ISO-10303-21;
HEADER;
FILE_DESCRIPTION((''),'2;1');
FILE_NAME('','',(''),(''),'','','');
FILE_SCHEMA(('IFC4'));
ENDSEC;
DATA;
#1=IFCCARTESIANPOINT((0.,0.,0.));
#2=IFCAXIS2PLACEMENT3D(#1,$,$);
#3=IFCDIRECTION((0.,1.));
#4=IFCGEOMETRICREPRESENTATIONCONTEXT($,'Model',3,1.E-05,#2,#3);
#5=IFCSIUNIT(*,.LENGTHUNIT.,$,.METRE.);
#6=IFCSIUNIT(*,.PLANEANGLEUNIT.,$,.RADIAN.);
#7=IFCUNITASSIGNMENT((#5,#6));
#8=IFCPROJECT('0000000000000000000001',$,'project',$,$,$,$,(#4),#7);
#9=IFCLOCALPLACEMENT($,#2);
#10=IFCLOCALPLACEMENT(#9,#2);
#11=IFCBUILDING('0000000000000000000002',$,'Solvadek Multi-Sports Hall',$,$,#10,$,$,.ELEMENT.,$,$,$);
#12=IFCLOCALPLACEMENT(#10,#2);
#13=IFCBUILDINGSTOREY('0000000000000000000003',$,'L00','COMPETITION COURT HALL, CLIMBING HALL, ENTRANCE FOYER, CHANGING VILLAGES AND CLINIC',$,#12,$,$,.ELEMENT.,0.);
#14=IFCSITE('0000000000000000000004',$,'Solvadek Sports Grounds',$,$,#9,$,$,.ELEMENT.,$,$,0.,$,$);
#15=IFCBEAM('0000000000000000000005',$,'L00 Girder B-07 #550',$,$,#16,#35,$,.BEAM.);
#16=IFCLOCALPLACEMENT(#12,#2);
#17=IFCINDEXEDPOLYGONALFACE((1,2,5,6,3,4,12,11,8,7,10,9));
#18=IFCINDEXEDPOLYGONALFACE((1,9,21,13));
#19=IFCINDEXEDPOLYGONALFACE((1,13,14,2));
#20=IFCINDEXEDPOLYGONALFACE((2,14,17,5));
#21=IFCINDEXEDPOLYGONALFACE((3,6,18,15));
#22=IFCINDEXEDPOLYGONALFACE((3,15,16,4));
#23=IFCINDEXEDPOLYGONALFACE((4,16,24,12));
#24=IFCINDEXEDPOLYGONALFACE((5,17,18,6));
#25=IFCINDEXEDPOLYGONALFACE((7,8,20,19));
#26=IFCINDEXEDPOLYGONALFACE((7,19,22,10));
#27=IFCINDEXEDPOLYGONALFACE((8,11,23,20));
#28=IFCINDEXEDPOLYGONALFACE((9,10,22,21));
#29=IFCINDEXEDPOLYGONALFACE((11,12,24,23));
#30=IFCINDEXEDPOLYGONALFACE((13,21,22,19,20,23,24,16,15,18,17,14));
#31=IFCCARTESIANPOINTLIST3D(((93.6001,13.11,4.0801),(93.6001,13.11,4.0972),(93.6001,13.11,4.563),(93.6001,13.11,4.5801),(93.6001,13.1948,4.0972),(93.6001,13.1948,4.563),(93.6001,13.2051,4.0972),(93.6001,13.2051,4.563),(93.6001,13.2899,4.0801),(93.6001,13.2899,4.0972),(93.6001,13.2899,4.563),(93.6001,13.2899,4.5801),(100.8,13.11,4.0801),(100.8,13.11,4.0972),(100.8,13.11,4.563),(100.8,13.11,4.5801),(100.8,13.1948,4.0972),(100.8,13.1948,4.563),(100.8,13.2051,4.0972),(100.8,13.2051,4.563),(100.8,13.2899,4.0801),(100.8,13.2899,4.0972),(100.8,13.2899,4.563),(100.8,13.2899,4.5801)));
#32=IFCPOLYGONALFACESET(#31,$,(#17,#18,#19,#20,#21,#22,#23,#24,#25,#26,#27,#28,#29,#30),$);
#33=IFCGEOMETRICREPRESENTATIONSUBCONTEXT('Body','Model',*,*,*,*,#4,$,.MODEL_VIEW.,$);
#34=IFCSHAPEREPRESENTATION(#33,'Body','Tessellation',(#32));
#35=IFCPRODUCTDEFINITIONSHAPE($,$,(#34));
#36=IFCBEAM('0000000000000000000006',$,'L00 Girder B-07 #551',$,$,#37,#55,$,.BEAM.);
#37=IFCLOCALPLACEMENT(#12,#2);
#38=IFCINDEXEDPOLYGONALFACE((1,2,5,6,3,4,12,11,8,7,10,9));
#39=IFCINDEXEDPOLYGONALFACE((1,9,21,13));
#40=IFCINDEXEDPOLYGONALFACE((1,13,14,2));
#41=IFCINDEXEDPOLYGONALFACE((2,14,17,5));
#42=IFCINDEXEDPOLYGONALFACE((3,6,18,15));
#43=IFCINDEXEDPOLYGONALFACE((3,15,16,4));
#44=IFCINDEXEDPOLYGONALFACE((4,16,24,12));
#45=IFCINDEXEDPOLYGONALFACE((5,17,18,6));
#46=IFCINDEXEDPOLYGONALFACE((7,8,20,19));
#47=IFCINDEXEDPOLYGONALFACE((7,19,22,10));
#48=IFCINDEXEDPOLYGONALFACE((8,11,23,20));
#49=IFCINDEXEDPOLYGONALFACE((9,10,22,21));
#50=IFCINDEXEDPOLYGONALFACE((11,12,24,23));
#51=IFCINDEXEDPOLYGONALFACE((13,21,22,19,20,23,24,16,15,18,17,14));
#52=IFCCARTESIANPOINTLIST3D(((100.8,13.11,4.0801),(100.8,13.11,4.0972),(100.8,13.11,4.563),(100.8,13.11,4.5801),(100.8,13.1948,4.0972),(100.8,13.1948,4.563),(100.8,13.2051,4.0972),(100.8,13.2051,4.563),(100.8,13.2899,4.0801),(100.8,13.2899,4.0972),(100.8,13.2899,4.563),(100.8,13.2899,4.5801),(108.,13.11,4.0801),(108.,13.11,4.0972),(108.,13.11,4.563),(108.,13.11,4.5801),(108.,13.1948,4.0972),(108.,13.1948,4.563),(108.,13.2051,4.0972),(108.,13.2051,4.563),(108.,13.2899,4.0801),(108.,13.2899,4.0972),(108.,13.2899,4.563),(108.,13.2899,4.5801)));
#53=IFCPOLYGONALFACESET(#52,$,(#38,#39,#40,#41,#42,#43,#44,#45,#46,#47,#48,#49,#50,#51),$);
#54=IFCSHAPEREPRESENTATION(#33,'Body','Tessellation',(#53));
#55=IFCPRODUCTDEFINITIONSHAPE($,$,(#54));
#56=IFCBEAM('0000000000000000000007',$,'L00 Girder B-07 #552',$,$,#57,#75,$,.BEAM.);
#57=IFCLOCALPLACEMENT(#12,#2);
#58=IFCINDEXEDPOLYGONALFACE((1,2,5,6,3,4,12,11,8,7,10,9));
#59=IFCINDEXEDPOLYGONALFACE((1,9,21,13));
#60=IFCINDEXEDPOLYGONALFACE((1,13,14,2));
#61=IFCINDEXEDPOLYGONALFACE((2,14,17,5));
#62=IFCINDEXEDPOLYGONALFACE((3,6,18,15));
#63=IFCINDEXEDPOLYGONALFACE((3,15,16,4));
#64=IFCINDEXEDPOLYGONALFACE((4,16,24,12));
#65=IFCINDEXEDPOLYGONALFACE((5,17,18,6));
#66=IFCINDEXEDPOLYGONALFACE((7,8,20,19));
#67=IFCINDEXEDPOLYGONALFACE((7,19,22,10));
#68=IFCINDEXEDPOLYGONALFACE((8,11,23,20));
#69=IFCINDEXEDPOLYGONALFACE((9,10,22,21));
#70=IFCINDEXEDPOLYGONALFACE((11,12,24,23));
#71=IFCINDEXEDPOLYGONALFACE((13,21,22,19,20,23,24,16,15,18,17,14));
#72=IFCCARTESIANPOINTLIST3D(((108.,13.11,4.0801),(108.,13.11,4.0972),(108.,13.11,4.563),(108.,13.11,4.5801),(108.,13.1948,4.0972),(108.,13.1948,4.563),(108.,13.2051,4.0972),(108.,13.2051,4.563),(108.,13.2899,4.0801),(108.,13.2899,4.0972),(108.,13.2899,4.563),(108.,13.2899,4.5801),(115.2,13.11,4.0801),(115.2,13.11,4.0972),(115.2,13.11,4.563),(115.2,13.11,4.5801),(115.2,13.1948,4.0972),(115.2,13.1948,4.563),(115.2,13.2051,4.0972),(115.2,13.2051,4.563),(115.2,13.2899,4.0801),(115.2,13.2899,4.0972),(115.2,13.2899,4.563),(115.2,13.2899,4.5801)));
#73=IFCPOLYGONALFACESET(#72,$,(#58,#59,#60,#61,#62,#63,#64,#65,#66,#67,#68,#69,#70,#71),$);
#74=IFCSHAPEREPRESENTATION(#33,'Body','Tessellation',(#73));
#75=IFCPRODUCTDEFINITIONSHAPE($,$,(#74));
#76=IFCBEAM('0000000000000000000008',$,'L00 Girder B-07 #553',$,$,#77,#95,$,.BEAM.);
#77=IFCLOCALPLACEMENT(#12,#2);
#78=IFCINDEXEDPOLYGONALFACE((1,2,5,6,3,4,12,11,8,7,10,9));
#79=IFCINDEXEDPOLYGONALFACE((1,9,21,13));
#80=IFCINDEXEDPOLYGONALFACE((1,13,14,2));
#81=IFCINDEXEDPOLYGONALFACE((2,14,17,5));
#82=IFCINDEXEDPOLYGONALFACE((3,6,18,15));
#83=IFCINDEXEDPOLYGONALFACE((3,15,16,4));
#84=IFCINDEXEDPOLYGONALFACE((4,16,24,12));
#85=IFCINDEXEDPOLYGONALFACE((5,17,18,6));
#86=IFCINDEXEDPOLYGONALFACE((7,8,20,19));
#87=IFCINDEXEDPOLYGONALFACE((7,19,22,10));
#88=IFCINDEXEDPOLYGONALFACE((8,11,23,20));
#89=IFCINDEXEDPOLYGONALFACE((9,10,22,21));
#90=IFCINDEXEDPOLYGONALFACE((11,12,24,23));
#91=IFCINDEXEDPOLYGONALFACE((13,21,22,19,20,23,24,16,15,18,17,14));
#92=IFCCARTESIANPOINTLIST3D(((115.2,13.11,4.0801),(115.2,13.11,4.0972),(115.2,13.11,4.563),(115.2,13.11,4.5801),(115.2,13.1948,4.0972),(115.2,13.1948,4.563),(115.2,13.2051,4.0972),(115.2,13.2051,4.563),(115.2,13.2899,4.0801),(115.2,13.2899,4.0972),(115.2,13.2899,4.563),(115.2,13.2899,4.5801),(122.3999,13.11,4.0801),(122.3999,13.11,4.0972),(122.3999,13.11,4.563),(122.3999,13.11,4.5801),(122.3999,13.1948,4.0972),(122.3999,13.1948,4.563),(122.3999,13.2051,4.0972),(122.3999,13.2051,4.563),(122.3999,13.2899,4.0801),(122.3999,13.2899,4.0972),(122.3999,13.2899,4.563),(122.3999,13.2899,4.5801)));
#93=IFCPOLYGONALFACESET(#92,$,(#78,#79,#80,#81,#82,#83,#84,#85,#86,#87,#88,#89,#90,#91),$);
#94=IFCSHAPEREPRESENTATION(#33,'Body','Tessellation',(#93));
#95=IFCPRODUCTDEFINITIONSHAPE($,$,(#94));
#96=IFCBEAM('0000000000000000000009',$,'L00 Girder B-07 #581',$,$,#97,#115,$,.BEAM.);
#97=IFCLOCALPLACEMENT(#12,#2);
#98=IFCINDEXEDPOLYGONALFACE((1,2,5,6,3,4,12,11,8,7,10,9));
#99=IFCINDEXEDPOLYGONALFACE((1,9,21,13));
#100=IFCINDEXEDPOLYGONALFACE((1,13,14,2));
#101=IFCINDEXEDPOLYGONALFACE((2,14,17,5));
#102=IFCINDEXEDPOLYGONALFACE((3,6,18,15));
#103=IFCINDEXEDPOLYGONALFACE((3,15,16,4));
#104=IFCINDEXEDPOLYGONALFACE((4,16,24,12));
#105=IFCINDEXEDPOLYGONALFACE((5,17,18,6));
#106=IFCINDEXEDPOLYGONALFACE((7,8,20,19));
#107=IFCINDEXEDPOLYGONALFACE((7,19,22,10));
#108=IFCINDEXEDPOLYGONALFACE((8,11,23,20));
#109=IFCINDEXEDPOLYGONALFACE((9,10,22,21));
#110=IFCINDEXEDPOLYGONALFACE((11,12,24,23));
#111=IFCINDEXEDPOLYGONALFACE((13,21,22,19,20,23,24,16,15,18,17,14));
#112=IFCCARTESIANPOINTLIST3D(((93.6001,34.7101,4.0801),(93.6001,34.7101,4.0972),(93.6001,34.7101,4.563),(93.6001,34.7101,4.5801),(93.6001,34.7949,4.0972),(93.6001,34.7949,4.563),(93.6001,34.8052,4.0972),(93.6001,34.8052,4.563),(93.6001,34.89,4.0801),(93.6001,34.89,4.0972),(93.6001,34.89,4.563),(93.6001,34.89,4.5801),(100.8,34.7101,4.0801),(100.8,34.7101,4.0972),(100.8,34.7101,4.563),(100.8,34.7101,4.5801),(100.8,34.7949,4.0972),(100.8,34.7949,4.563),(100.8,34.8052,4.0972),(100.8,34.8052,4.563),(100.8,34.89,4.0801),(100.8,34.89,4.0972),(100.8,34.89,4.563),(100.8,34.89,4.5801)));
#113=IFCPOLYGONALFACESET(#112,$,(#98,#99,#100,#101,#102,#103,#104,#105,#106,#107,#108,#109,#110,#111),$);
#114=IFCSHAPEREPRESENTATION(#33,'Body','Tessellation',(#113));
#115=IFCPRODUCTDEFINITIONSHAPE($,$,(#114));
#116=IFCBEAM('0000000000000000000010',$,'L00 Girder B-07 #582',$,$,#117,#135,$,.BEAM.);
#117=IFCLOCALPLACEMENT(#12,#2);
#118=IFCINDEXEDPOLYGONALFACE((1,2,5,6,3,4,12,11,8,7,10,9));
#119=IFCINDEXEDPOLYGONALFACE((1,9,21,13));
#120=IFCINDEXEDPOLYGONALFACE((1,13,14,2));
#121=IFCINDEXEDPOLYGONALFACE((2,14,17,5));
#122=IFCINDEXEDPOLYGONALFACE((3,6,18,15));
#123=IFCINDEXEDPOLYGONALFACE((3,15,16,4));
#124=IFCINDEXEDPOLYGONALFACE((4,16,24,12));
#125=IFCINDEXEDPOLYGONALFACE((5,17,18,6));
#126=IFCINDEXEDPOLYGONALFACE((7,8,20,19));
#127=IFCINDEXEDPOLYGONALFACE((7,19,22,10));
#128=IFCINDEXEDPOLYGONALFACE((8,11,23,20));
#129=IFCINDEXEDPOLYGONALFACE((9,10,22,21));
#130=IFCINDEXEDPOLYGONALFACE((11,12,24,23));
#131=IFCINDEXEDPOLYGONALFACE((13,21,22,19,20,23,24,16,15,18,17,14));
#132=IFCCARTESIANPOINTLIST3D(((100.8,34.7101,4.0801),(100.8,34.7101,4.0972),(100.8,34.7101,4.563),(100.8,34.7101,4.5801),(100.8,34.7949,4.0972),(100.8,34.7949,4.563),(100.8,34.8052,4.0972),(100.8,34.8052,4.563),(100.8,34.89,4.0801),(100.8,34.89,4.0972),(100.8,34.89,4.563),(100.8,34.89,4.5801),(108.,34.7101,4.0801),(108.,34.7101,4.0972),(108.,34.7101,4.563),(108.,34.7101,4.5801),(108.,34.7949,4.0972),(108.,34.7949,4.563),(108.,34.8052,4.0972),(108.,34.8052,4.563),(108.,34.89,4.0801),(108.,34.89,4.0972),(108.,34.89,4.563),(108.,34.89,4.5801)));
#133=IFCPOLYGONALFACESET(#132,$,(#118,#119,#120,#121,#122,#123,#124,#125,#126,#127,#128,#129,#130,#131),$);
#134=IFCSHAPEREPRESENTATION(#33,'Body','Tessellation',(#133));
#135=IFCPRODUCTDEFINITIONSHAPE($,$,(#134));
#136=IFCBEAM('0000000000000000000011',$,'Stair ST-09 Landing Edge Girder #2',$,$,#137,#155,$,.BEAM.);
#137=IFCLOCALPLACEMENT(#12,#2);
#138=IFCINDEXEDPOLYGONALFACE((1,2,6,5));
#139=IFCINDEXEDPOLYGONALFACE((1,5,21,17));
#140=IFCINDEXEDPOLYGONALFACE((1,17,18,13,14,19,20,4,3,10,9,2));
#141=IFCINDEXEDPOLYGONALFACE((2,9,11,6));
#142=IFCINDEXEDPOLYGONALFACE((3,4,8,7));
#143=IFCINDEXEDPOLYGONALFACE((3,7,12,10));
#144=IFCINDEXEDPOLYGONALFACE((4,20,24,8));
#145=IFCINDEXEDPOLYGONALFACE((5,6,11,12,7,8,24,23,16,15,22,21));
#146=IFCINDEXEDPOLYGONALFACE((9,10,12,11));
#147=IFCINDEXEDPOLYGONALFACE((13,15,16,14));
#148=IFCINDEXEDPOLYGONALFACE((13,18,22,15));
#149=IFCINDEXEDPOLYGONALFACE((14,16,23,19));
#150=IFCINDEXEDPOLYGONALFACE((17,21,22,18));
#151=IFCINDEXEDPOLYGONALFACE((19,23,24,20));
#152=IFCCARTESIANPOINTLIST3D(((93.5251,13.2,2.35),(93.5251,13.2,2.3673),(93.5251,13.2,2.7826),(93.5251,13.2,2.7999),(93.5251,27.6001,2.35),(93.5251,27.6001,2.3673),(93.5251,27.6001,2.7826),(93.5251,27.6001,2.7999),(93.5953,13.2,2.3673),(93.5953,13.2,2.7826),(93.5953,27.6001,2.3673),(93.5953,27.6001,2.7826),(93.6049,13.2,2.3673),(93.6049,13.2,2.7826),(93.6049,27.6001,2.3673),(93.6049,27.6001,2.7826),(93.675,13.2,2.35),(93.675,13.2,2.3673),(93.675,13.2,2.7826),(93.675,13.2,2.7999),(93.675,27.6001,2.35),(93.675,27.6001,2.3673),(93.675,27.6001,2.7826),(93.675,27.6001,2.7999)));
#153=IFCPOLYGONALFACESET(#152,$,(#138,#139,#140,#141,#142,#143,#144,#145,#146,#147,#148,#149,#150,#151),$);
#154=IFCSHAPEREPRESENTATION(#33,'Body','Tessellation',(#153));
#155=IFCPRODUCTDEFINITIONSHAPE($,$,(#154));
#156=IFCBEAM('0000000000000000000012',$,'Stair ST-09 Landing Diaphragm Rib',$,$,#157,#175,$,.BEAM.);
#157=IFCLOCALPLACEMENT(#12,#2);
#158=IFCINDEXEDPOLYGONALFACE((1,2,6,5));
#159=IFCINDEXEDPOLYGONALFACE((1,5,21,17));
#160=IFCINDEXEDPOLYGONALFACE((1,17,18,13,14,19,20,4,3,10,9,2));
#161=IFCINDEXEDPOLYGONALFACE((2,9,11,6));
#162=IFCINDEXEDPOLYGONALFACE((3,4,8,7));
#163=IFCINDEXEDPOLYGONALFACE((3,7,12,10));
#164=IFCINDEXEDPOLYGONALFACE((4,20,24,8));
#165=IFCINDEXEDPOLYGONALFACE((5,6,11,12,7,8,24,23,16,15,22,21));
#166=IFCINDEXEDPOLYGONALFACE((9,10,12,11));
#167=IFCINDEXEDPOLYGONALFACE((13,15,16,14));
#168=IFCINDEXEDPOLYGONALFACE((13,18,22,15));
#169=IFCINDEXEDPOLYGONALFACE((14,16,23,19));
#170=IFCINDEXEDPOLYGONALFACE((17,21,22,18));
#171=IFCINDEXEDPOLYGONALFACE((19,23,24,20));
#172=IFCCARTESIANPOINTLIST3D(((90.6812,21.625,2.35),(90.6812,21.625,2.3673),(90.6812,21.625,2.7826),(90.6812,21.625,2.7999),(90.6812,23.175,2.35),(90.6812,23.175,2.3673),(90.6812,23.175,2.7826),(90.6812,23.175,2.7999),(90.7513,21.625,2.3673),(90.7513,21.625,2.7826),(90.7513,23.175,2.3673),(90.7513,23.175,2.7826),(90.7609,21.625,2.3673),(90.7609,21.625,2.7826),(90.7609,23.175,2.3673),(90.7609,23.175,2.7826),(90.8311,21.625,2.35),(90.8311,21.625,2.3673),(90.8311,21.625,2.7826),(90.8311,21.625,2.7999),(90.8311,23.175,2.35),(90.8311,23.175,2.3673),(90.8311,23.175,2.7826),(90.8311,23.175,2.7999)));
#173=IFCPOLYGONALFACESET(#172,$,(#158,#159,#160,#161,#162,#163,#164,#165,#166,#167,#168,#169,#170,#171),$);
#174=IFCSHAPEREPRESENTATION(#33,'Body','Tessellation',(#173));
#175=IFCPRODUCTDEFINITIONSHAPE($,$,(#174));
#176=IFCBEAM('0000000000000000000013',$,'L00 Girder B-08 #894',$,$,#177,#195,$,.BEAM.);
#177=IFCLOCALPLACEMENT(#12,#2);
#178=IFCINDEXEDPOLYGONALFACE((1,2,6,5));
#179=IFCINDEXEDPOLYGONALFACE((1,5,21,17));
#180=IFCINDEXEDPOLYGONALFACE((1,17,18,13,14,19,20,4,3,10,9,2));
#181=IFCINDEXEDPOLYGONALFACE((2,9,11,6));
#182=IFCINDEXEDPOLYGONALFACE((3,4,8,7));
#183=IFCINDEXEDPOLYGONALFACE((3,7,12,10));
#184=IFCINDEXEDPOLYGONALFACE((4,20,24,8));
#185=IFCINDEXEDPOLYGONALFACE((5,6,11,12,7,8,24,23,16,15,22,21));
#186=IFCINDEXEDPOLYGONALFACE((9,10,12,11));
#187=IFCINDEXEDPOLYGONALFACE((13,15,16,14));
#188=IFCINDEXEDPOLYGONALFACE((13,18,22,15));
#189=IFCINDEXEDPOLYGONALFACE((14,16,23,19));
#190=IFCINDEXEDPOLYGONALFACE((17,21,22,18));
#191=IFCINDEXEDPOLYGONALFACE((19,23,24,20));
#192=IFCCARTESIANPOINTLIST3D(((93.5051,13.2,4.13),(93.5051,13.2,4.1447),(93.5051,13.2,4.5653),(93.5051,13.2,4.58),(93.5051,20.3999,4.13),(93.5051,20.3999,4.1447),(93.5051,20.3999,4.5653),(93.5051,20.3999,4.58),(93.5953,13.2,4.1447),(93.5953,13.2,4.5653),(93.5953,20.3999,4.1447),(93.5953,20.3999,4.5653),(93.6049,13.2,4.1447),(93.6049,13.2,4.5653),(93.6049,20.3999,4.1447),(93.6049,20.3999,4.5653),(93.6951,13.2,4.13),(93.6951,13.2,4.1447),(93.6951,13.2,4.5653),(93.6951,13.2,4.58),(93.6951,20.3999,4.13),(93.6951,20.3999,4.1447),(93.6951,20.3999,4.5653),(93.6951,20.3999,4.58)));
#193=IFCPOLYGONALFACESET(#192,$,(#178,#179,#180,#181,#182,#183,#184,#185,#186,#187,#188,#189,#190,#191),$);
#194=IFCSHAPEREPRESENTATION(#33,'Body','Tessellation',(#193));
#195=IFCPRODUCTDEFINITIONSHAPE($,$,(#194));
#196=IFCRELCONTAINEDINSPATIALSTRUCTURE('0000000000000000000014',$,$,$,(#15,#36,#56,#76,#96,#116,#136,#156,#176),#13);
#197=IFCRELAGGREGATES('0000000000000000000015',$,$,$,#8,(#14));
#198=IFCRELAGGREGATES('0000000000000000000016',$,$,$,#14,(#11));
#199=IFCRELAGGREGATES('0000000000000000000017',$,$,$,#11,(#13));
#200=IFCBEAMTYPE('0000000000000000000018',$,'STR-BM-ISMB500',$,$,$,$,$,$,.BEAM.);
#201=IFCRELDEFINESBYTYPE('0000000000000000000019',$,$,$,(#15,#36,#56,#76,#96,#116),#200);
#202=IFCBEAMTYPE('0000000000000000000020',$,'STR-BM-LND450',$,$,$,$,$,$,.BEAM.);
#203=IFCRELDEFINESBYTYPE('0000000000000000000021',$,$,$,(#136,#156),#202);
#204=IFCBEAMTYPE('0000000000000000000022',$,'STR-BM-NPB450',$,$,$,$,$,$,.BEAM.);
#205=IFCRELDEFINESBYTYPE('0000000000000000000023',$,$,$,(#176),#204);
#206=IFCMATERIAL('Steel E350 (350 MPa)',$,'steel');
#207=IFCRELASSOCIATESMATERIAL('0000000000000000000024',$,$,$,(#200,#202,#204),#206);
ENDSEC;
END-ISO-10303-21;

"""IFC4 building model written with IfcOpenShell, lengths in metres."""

from ifc_helpers import new_model, si_unit, direction, frame, origin, origin_2d, place, context, subcontext, project, spatial, i_section, extrude, material, material_profile, profile_set, type_object, element, save


model = new_model("IFC4")

# Units and contexts
model_context = context("Model", 3, precision=1e-05, world=origin(), true_north=direction((0.0, 1.0)))
body_context = subcontext(model_context, "Body", "Model", "MODEL_VIEW")
ifc_project = project(units=[si_unit("LENGTHUNIT", "METRE"), si_unit("PLANEANGLEUNIT", "RADIAN")], contexts=[model_context])

# Site, building, storey
site_placement = place(None, origin())
site = spatial("IfcSite", under=ifc_project, at=site_placement, Name="Solvadek Sports Grounds", CompositionType="ELEMENT", RefElevation=0.0)
building_placement = place(site_placement, origin())
building = spatial("IfcBuilding", under=site, at=building_placement, Name="Solvadek Multi-Sports Hall", CompositionType="ELEMENT")
storey_placement = place(building_placement, origin())
storey = spatial("IfcBuildingStorey", under=building, at=storey_placement, Name="L00", Description="COMPETITION COURT HALL, CLIMBING HALL, ENTRANCE FOYER, CHANGING VILLAGES AND CLINIC", CompositionType="ELEMENT", Elevation=0.0)

# Shared definitions
ifc_material_1 = material(Name="Steel E350 (350 MPa)", Category="steel")

# Beams
ifc_material_profile_1 = material_profile(ifc_material_1, i_section(OverallWidth=0.1799, OverallDepth=0.5, WebThickness=0.0103, FlangeThickness=0.0171, at=origin_2d()), Name="ISMB 500")
ifc_profile_set_1 = profile_set([ifc_material_profile_1], Name="Steel E350 (350 MPa)")
beam_type_1 = type_object("IfcBeamType", Name="STR-BM-ISMB500", PredefinedType="BEAM", material=ifc_profile_set_1)
for number, where, z_axis, x_axis, name in (
    (1, (93.6001, 13.2, 4.3301), (1.0, 0.0, 0.0), (0.0, 1.0, 0.0), "L00 Girder B-07 #550"),
    (2, (100.8, 13.2, 4.3301), (1.0, 0.0, 0.0), (0.0, 1.0, 0.0), "L00 Girder B-07 #551"),
    (3, (108.0, 13.2, 4.3301), (1.0, 0.0, 0.0), (0.0, 1.0, 0.0), "L00 Girder B-07 #552"),
    (4, (115.2, 13.2, 4.3301), (1.0, 0.0, 0.0), (0.0, 1.0, 0.0), "L00 Girder B-07 #553"),
    (5, (93.6001, 34.8, 4.3301), (1.0, 0.0, 0.0), (0.0, 1.0, 0.0), "L00 Girder B-07 #581"),
    (6, (100.8, 34.8, 4.3301), (1.0, 0.0, 0.0), (0.0, 1.0, 0.0), "L00 Girder B-07 #582"),
):
    element("IfcBeam", number, at=place(storey_placement, frame(where, z_axis=z_axis, x_axis=x_axis)), inside=storey, type_object=beam_type_1, Name=name, PredefinedType="BEAM", context=body_context, shape_type="SweptSolid", body=[
        extrude(i_section(OverallWidth=0.1799, OverallDepth=0.5, WebThickness=0.0103, FlangeThickness=0.0171, at=origin_2d()), origin(), (0.0, 0.0, 1.0), 7.2),
    ])
ifc_material_profile_2 = material_profile(ifc_material_1, i_section(OverallWidth=0.1499, OverallDepth=0.45, WebThickness=0.0095, FlangeThickness=0.0173, at=origin_2d()), Name="ISMB 450")
ifc_profile_set_2 = profile_set([ifc_material_profile_2], Name="Steel E350 (350 MPa)")
beam_type_2 = type_object("IfcBeamType", Name="STR-BM-LND450", PredefinedType="BEAM", material=ifc_profile_set_2)
beam_1_placement = place(storey_placement, frame((93.6001, 13.2, 2.575), z_axis=(0.0, 1.0, 0.0), x_axis=(-1.0, 0.0, 0.0)))
element("IfcBeam", 7, at=beam_1_placement, inside=storey, type_object=beam_type_2, Name="Stair ST-09 Landing Edge Girder #2", PredefinedType="BEAM", context=body_context, shape_type="SweptSolid", body=[
    extrude(i_section(OverallWidth=0.1499, OverallDepth=0.45, WebThickness=0.0095, FlangeThickness=0.0173, at=origin_2d()), origin(), (0.0, 0.0, 1.0), 14.4001),
])
beam_2_placement = place(storey_placement, frame((90.7561, 21.625, 2.575), z_axis=(0.0, 1.0, 0.0), x_axis=(-1.0, 0.0, 0.0)))
element("IfcBeam", 8, at=beam_2_placement, inside=storey, type_object=beam_type_2, Name="Stair ST-09 Landing Diaphragm Rib", PredefinedType="BEAM", context=body_context, shape_type="SweptSolid", body=[
    extrude(i_section(OverallWidth=0.1499, OverallDepth=0.45, WebThickness=0.0095, FlangeThickness=0.0173, at=origin_2d()), origin(), (0.0, 0.0, 1.0), 1.55),
])
ifc_material_profile_3 = material_profile(ifc_material_1, i_section(OverallWidth=0.1899, OverallDepth=0.45, WebThickness=0.0095, FlangeThickness=0.0146, at=origin_2d()), Name="NPB 450")
ifc_profile_set_3 = profile_set([ifc_material_profile_3], Name="Steel E350 (350 MPa)")
beam_type_3 = type_object("IfcBeamType", Name="STR-BM-NPB450", PredefinedType="BEAM", material=ifc_profile_set_3)
for number, where, z_axis, x_axis, name in (
    (9, (93.6001, 13.2, 4.355), (0.0, 1.0, 0.0), (-1.0, 0.0, 0.0), "L00 Girder B-08 #894"),
):
    element("IfcBeam", number, at=place(storey_placement, frame(where, z_axis=z_axis, x_axis=x_axis)), inside=storey, type_object=beam_type_3, Name=name, PredefinedType="BEAM", context=body_context, shape_type="SweptSolid", body=[
        extrude(i_section(OverallWidth=0.1899, OverallDepth=0.45, WebThickness=0.0095, FlangeThickness=0.0146, at=origin_2d()), origin(), (0.0, 0.0, 1.0), 7.2),
    ])

save(model, "model.ifc")
